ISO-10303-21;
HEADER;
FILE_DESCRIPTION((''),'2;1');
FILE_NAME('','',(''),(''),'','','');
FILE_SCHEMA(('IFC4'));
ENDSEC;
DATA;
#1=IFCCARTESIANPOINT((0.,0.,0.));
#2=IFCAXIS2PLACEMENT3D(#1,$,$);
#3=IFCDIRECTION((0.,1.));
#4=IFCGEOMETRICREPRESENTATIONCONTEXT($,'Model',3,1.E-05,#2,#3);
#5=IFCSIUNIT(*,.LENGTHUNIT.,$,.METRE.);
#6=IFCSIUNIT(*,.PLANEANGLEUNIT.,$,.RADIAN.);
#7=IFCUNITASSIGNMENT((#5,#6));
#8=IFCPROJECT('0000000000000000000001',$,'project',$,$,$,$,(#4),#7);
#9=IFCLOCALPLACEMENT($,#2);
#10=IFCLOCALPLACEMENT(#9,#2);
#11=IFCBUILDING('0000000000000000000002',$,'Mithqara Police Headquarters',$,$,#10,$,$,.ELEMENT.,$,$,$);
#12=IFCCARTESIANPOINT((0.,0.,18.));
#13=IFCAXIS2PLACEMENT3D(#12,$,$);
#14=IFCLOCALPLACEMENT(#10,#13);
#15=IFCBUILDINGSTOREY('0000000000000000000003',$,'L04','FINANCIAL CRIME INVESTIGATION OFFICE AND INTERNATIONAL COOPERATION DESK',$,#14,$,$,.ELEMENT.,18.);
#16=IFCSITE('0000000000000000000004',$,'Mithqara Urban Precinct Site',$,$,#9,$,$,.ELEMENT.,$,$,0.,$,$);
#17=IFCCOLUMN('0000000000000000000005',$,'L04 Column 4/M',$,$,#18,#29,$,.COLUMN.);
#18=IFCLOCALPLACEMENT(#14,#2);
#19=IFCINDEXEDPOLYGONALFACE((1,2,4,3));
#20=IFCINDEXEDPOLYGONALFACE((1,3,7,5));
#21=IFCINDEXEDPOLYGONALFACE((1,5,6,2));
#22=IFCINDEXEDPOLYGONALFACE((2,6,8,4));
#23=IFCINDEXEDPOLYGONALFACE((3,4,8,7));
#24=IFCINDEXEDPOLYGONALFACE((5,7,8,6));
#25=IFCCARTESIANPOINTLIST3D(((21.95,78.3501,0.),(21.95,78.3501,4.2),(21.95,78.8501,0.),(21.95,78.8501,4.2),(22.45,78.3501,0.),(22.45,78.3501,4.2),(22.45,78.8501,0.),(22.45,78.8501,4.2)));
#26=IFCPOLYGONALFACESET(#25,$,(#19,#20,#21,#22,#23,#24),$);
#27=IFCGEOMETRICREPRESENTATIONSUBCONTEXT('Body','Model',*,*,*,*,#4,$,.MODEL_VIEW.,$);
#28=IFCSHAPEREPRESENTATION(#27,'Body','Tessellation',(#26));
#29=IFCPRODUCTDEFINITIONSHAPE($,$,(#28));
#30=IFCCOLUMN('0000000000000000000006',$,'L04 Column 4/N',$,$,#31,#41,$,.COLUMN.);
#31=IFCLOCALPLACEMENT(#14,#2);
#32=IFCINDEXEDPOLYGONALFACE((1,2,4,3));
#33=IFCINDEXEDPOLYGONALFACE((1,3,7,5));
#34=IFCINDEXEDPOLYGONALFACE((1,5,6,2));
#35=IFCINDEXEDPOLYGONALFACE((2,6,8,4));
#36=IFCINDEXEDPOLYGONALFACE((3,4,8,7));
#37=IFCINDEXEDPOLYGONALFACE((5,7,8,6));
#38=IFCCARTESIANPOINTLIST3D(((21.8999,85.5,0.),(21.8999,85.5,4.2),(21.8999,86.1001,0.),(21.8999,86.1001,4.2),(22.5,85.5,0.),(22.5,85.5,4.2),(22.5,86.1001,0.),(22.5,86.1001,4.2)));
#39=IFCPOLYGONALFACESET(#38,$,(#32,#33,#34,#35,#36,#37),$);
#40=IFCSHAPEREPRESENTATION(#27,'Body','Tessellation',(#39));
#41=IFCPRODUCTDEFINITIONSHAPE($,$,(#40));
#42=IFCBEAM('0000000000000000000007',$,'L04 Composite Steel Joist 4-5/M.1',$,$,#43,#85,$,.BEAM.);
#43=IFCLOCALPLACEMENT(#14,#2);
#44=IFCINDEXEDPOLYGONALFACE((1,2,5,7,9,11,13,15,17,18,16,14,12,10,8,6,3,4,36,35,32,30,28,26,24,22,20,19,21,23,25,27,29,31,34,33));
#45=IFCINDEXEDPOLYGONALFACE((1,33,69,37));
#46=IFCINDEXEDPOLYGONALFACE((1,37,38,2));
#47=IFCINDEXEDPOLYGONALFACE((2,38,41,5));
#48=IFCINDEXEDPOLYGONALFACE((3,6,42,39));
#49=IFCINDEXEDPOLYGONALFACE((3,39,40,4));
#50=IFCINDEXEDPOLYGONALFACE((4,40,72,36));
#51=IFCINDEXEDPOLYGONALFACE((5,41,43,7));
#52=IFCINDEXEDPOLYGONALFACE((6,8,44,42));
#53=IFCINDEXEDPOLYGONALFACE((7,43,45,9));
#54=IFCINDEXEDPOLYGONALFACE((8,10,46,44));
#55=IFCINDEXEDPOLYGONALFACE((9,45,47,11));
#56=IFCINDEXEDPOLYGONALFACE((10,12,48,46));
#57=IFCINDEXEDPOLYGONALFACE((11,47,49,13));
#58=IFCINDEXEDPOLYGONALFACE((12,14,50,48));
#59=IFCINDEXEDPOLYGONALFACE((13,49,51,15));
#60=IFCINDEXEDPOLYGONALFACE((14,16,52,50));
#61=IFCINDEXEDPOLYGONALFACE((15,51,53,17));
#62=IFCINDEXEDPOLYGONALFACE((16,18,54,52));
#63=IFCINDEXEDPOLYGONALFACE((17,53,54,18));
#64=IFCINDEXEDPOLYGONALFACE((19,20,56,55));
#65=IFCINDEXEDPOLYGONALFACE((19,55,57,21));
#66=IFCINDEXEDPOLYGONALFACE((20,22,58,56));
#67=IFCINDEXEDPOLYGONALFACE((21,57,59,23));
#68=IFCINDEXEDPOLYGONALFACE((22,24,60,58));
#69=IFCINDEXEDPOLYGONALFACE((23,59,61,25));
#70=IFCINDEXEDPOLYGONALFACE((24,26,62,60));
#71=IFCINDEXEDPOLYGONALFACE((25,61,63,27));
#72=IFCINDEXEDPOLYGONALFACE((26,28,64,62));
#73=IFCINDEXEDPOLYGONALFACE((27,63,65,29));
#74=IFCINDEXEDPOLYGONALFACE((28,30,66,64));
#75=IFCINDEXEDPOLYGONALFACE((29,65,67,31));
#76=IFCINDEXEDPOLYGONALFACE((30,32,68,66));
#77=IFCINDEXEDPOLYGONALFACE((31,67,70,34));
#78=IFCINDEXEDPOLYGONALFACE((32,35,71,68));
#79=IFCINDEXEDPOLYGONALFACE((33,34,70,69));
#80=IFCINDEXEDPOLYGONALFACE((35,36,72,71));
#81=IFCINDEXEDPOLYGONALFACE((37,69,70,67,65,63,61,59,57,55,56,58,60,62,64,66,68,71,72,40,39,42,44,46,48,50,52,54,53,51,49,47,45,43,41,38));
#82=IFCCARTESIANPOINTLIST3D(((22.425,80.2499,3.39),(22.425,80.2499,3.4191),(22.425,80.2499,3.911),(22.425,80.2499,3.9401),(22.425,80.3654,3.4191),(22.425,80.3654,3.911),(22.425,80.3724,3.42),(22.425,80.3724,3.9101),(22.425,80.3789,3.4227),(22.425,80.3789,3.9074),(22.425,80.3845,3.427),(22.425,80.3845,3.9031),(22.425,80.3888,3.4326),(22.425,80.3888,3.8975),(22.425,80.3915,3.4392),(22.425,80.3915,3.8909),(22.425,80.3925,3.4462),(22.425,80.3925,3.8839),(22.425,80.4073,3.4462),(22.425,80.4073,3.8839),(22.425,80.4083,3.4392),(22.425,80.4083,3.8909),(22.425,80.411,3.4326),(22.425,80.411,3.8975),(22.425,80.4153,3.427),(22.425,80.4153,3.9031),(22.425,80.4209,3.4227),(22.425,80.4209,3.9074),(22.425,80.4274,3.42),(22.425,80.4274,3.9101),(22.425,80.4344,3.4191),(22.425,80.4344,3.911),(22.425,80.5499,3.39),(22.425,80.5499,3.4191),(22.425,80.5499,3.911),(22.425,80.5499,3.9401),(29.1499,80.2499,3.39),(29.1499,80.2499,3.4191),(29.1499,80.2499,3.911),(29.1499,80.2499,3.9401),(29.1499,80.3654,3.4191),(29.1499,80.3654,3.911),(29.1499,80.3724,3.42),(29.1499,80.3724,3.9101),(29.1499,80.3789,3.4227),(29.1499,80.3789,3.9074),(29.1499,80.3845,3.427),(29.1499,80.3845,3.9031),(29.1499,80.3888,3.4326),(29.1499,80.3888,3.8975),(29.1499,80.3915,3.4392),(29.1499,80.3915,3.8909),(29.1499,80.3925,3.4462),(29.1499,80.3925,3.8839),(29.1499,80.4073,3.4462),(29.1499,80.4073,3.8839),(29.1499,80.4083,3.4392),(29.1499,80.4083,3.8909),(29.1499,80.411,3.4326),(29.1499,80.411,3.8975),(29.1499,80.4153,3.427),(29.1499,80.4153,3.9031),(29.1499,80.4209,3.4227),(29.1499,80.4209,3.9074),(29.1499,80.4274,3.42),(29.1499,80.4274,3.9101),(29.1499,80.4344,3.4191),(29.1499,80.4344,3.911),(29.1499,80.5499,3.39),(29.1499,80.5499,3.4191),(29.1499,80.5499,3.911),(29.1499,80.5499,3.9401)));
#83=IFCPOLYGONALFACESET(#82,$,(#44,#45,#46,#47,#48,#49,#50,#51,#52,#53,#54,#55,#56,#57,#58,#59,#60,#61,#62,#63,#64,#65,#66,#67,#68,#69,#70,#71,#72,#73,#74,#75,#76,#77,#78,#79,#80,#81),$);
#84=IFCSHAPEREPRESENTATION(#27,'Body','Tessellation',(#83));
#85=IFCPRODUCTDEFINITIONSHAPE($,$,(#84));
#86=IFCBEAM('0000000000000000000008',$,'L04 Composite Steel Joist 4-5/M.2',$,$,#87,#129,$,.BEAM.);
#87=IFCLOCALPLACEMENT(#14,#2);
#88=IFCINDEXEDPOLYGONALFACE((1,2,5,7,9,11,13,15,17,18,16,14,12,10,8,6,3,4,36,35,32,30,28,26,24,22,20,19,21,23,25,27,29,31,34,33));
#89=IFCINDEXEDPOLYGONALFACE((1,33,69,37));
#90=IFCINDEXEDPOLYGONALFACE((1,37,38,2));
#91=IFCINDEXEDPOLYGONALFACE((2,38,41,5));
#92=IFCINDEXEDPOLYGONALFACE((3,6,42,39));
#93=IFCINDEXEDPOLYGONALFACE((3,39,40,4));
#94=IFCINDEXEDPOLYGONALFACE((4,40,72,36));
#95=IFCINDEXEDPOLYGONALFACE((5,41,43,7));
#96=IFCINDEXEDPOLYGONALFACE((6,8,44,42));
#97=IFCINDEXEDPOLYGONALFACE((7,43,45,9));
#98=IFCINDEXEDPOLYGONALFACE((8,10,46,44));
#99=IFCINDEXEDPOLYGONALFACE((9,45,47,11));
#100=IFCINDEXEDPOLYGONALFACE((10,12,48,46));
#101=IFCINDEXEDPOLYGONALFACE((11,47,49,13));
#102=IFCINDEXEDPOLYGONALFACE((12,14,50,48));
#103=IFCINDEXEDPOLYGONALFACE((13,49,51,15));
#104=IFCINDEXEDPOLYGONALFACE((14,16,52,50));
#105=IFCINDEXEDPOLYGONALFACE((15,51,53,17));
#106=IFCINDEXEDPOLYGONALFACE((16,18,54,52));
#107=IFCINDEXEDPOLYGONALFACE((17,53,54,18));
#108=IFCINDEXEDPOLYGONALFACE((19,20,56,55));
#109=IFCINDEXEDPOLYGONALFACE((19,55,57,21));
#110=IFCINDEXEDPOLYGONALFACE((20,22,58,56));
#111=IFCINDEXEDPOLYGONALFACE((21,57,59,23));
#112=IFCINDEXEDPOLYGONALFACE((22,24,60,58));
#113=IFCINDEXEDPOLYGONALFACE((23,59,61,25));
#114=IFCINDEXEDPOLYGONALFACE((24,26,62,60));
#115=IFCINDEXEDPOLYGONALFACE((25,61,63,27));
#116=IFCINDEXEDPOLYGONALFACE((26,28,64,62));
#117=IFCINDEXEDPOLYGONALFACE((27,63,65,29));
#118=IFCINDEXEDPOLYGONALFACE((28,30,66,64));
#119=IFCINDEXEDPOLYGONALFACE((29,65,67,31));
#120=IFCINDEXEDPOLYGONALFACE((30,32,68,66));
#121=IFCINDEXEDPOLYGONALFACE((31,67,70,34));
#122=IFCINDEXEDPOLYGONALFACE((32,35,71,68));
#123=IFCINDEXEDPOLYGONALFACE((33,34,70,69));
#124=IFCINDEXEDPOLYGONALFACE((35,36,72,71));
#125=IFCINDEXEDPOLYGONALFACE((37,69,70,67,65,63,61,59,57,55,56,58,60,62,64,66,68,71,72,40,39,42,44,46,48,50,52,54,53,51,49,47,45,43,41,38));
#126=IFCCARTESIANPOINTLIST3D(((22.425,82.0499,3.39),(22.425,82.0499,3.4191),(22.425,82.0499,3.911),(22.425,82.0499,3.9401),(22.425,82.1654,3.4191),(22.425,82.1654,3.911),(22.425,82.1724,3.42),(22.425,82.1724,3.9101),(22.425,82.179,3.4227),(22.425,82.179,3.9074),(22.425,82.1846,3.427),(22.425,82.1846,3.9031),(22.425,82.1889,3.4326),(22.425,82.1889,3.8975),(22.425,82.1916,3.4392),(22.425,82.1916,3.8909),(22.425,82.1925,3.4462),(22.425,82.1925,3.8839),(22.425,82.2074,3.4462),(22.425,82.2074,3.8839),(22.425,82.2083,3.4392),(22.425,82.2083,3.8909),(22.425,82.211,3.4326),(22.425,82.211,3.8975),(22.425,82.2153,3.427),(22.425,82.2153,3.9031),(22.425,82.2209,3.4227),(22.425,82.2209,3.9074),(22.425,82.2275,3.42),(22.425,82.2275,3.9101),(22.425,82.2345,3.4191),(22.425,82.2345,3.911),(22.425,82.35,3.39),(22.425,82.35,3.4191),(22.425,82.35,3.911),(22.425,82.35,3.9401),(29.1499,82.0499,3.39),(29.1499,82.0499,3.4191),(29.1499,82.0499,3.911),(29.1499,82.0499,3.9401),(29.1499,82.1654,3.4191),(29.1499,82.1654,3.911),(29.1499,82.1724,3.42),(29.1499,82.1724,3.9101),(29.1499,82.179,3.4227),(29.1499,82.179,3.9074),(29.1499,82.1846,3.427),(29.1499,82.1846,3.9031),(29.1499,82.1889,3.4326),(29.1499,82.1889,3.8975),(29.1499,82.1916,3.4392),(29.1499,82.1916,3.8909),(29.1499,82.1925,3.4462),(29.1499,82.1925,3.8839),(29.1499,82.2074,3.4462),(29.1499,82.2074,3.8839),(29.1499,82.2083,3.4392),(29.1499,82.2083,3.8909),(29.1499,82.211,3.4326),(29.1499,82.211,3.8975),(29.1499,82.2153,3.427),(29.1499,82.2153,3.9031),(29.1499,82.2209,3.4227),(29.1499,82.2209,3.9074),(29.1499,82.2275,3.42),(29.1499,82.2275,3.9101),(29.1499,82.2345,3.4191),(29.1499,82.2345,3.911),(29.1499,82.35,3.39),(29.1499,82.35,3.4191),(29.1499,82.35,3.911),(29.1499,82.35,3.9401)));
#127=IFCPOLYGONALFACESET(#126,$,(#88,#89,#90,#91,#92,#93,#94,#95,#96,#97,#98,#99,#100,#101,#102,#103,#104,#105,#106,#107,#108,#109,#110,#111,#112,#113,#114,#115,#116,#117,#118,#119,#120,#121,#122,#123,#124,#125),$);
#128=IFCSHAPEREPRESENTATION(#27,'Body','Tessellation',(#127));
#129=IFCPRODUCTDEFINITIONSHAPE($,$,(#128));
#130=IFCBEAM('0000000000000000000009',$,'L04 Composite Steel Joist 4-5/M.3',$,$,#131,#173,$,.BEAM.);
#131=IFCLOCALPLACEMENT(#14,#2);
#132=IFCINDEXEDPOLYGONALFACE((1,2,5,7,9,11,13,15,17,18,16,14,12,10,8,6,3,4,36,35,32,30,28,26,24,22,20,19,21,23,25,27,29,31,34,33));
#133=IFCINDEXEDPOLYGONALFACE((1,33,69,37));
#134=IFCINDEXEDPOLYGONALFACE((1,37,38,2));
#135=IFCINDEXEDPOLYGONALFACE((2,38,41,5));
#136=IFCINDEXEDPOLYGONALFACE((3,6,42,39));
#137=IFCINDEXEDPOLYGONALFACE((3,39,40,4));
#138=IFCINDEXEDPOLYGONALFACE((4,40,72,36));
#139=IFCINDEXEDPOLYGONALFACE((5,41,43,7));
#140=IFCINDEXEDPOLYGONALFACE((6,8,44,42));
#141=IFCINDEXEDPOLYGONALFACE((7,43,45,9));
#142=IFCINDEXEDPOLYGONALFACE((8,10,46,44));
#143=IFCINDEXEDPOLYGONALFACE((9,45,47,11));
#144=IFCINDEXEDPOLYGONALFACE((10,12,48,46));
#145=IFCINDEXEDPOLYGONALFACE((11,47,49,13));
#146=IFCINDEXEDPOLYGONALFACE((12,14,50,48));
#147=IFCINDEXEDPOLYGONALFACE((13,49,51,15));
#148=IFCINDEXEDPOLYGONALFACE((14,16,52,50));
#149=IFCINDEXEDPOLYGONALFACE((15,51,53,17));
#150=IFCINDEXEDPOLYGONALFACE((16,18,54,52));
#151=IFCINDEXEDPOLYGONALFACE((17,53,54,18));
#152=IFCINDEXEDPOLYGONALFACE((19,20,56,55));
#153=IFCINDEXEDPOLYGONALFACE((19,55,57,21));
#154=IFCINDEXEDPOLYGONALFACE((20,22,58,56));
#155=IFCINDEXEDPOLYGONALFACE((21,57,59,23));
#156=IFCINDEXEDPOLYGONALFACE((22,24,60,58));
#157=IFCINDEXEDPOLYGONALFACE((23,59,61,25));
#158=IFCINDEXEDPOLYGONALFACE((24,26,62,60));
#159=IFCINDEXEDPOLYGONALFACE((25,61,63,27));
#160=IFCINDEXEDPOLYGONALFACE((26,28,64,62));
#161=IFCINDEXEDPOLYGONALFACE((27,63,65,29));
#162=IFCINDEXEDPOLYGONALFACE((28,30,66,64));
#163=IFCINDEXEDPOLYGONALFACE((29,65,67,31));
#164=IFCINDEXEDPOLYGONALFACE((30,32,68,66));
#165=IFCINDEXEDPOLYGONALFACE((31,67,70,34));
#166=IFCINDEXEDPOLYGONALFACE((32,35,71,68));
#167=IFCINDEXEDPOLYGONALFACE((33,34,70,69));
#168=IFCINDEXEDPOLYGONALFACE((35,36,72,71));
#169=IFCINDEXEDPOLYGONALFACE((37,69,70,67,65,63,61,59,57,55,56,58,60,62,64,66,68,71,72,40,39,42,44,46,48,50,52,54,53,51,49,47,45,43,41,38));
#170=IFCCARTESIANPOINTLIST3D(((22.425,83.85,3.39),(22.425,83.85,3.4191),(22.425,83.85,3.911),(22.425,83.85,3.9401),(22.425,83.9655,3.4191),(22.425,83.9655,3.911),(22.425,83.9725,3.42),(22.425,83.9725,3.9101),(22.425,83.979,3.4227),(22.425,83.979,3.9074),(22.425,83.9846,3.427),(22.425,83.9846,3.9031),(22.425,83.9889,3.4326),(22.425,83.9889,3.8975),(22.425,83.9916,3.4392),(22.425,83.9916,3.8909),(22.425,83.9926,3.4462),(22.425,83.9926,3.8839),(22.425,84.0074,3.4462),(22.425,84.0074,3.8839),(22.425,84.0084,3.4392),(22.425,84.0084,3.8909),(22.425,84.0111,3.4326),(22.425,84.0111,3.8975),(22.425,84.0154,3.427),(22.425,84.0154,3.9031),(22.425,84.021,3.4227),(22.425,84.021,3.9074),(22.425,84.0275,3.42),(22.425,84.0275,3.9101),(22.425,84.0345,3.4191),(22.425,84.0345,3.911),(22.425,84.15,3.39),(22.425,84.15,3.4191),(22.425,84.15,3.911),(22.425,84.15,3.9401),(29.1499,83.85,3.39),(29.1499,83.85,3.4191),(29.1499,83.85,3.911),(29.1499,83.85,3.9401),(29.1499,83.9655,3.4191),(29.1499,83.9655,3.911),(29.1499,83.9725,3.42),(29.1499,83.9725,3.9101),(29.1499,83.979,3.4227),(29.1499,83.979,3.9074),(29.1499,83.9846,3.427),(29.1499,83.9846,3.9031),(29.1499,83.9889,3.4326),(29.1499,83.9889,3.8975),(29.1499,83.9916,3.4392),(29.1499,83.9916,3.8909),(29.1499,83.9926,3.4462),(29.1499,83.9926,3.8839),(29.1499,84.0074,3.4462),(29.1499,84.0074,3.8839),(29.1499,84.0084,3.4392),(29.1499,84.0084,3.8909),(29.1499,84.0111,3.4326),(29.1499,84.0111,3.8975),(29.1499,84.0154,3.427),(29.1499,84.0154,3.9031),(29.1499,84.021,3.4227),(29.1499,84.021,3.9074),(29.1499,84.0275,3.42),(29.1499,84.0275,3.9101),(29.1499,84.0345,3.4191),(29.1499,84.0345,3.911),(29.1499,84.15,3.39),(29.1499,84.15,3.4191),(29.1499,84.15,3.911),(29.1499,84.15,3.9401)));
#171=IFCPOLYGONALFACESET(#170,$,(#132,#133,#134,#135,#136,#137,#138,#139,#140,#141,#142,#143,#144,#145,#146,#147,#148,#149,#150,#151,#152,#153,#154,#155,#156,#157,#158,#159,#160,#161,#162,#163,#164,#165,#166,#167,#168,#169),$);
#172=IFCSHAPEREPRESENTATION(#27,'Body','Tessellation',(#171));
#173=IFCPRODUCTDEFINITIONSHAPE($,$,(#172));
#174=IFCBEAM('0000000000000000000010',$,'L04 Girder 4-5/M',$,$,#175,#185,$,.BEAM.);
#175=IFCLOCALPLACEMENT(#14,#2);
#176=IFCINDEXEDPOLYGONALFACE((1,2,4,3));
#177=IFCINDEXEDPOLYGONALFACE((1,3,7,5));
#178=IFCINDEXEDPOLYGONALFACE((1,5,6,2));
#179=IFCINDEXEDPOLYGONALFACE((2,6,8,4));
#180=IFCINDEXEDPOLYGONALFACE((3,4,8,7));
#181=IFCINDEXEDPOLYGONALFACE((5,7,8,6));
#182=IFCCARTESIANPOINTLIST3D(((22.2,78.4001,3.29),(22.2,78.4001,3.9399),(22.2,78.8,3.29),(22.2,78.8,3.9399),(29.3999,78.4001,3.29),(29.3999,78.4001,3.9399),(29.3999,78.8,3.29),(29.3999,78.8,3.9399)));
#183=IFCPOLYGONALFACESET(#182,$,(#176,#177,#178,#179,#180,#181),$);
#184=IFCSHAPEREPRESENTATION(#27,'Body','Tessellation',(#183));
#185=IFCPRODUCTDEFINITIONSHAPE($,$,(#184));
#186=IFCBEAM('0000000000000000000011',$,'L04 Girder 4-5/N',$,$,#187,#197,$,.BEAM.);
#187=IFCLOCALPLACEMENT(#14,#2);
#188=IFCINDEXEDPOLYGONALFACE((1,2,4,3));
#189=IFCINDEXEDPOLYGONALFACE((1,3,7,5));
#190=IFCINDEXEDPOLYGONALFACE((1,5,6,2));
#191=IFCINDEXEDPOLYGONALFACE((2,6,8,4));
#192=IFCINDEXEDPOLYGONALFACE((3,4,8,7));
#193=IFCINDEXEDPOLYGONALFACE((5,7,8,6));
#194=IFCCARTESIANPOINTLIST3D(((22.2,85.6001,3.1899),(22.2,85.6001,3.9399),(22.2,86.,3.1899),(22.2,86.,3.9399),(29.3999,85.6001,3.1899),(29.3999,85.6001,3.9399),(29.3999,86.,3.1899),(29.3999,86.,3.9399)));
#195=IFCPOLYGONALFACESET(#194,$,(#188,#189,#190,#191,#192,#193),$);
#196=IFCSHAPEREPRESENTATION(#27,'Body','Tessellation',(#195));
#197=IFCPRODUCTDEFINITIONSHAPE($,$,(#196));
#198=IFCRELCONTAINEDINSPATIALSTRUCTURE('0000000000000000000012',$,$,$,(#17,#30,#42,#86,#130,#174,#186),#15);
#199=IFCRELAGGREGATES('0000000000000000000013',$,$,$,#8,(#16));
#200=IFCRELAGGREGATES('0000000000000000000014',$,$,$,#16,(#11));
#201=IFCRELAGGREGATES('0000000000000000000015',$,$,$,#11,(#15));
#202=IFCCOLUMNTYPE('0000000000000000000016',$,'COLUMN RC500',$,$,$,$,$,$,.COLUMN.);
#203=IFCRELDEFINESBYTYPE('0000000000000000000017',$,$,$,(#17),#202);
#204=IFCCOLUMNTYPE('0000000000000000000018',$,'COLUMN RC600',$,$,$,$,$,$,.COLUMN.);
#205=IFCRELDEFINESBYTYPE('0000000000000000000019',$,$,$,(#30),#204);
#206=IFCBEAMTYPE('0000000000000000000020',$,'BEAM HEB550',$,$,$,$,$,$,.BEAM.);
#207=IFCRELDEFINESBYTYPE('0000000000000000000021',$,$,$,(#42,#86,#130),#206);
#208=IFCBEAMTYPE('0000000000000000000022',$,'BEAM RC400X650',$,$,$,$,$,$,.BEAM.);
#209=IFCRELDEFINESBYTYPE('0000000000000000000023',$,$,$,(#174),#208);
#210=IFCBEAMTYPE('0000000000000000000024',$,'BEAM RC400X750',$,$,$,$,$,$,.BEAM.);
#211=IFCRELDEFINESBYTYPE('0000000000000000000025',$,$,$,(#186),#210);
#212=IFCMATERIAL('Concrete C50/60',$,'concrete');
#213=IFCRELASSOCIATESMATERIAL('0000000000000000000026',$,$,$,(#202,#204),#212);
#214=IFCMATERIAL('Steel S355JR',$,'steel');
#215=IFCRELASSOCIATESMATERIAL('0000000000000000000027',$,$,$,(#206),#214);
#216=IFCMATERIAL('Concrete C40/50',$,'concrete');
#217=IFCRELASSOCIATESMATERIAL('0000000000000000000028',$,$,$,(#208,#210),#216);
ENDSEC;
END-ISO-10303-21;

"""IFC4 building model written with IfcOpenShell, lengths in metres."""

from ifc_helpers import new_model, si_unit, direction, frame, origin, origin_2d, place, context, subcontext, project, spatial, rectangle, i_section, extrude, material, material_profile, profile_set, type_object, element, save


model = new_model("IFC4")

# Units and contexts
model_context = context("Model", 3, precision=1e-05, world=origin(), true_north=direction((0.0, 1.0)))
body_context = subcontext(model_context, "Body", "Model", "MODEL_VIEW")
ifc_project = project(units=[si_unit("LENGTHUNIT", "METRE"), si_unit("PLANEANGLEUNIT", "RADIAN")], contexts=[model_context])

# Site, building, storey
site_placement = place(None, origin())
site = spatial("IfcSite", under=ifc_project, at=site_placement, Name="Mithqara Urban Precinct Site", CompositionType="ELEMENT", RefElevation=0.0)
building_placement = place(site_placement, origin())
building = spatial("IfcBuilding", under=site, at=building_placement, Name="Mithqara Police Headquarters", CompositionType="ELEMENT")
storey_placement = place(building_placement, frame((0.0, 0.0, 18.0)))
storey = spatial("IfcBuildingStorey", under=building, at=storey_placement, Name="L04", Description="FINANCIAL CRIME INVESTIGATION OFFICE AND INTERNATIONAL COOPERATION DESK", CompositionType="ELEMENT", Elevation=18.0)

# Columns
ifc_material_1 = material(Name="Concrete C50/60", Category="concrete")
ifc_material_profile_1 = material_profile(ifc_material_1, rectangle(XDim=0.5, YDim=0.5, at=origin_2d()), Name="RC 500x500")
ifc_profile_set_1 = profile_set([ifc_material_profile_1], Name="Concrete C50/60")
column_type_1 = type_object("IfcColumnType", Name="COLUMN RC500", PredefinedType="COLUMN", material=ifc_profile_set_1)
column_1_placement = place(storey_placement, frame((22.2, 78.6001, 0.0), z_axis=(0.0, 0.0, 1.0), x_axis=(1.0, 0.0, 0.0)))
element("IfcColumn", 1, at=column_1_placement, inside=storey, type_object=column_type_1, Name="L04 Column 4/M", PredefinedType="COLUMN", context=body_context, shape_type="SweptSolid", body=[
    extrude(rectangle(XDim=0.5, YDim=0.5, at=origin_2d()), origin(), (0.0, 0.0, 1.0), 4.2),
])
ifc_material_profile_2 = material_profile(ifc_material_1, rectangle(XDim=0.6001, YDim=0.6001, at=origin_2d()), Name="RC 600x600")
ifc_profile_set_2 = profile_set([ifc_material_profile_2], Name="Concrete C50/60")
column_type_2 = type_object("IfcColumnType", Name="COLUMN RC600", PredefinedType="COLUMN", material=ifc_profile_set_2)
column_2_placement = place(storey_placement, frame((22.2, 85.8, 0.0), z_axis=(0.0, 0.0, 1.0), x_axis=(1.0, 0.0, 0.0)))
element("IfcColumn", 2, at=column_2_placement, inside=storey, type_object=column_type_2, Name="L04 Column 4/N", PredefinedType="COLUMN", context=body_context, shape_type="SweptSolid", body=[
    extrude(rectangle(XDim=0.6001, YDim=0.6001, at=origin_2d()), origin(), (0.0, 0.0, 1.0), 4.2),
])

# Beams
ifc_material_2 = material(Name="Steel S355JR", Category="steel")
ifc_material_profile_3 = material_profile(ifc_material_2, i_section(OverallWidth=0.3, OverallDepth=0.55, WebThickness=0.0149, FlangeThickness=0.0291, FilletRadius=0.0271, at=origin_2d()), Name="HEB 550")
ifc_profile_set_3 = profile_set([ifc_material_profile_3], Name="Steel S355JR")
beam_type_1 = type_object("IfcBeamType", Name="BEAM HEB550", PredefinedType="BEAM", material=ifc_profile_set_3)
for number, where, z_axis, x_axis, name in (
    (3, (22.425, 80.3999, 3.665), (1.0, 0.0, 0.0), (0.0, 1.0, 0.0), "L04 Composite Steel Joist 4-5/M.1"),
    (4, (22.425, 82.2, 3.665), (1.0, 0.0, 0.0), (0.0, 1.0, 0.0), "L04 Composite Steel Joist 4-5/M.2"),
    (5, (22.425, 84.0, 3.665), (1.0, 0.0, 0.0), (0.0, 1.0, 0.0), "L04 Composite Steel Joist 4-5/M.3"),
):
    element("IfcBeam", number, at=place(storey_placement, frame(where, z_axis=z_axis, x_axis=x_axis)), inside=storey, type_object=beam_type_1, Name=name, PredefinedType="BEAM", context=body_context, shape_type="SweptSolid", body=[
        extrude(i_section(OverallWidth=0.3, OverallDepth=0.55, WebThickness=0.0149, FlangeThickness=0.0291, FilletRadius=0.0271, at=origin_2d()), origin(), (0.0, 0.0, 1.0), 6.7249),
    ])
ifc_material_3 = material(Name="Concrete C40/50", Category="concrete")
ifc_material_profile_4 = material_profile(ifc_material_3, rectangle(XDim=0.3999, YDim=0.6499, at=origin_2d()), Name="RC 400x650")
ifc_profile_set_4 = profile_set([ifc_material_profile_4], Name="Concrete C40/50")
beam_type_2 = type_object("IfcBeamType", Name="BEAM RC400X650", PredefinedType="BEAM", material=ifc_profile_set_4)
beam_1_placement = place(storey_placement, frame((22.2, 78.6001, 3.615), z_axis=(1.0, 0.0, 0.0), x_axis=(0.0, 1.0, 0.0)))
element("IfcBeam", 6, at=beam_1_placement, inside=storey, type_object=beam_type_2, Name="L04 Girder 4-5/M", PredefinedType="BEAM", context=body_context, shape_type="SweptSolid", body=[
    extrude(rectangle(XDim=0.3999, YDim=0.6499, at=origin_2d()), origin(), (0.0, 0.0, 1.0), 7.2),
])
ifc_material_profile_5 = material_profile(ifc_material_3, rectangle(XDim=0.3999, YDim=0.75, at=origin_2d()), Name="RC 400x750")
ifc_profile_set_5 = profile_set([ifc_material_profile_5], Name="Concrete C40/50")
beam_type_3 = type_object("IfcBeamType", Name="BEAM RC400X750", PredefinedType="BEAM", material=ifc_profile_set_5)
beam_2_placement = place(storey_placement, frame((22.2, 85.8, 3.5649), z_axis=(1.0, 0.0, 0.0), x_axis=(0.0, 1.0, 0.0)))
element("IfcBeam", 7, at=beam_2_placement, inside=storey, type_object=beam_type_3, Name="L04 Girder 4-5/N", PredefinedType="BEAM", context=body_context, shape_type="SweptSolid", body=[
    extrude(rectangle(XDim=0.3999, YDim=0.75, at=origin_2d()), origin(), (0.0, 0.0, 1.0), 7.2),
])

save(model, "model.ifc")
